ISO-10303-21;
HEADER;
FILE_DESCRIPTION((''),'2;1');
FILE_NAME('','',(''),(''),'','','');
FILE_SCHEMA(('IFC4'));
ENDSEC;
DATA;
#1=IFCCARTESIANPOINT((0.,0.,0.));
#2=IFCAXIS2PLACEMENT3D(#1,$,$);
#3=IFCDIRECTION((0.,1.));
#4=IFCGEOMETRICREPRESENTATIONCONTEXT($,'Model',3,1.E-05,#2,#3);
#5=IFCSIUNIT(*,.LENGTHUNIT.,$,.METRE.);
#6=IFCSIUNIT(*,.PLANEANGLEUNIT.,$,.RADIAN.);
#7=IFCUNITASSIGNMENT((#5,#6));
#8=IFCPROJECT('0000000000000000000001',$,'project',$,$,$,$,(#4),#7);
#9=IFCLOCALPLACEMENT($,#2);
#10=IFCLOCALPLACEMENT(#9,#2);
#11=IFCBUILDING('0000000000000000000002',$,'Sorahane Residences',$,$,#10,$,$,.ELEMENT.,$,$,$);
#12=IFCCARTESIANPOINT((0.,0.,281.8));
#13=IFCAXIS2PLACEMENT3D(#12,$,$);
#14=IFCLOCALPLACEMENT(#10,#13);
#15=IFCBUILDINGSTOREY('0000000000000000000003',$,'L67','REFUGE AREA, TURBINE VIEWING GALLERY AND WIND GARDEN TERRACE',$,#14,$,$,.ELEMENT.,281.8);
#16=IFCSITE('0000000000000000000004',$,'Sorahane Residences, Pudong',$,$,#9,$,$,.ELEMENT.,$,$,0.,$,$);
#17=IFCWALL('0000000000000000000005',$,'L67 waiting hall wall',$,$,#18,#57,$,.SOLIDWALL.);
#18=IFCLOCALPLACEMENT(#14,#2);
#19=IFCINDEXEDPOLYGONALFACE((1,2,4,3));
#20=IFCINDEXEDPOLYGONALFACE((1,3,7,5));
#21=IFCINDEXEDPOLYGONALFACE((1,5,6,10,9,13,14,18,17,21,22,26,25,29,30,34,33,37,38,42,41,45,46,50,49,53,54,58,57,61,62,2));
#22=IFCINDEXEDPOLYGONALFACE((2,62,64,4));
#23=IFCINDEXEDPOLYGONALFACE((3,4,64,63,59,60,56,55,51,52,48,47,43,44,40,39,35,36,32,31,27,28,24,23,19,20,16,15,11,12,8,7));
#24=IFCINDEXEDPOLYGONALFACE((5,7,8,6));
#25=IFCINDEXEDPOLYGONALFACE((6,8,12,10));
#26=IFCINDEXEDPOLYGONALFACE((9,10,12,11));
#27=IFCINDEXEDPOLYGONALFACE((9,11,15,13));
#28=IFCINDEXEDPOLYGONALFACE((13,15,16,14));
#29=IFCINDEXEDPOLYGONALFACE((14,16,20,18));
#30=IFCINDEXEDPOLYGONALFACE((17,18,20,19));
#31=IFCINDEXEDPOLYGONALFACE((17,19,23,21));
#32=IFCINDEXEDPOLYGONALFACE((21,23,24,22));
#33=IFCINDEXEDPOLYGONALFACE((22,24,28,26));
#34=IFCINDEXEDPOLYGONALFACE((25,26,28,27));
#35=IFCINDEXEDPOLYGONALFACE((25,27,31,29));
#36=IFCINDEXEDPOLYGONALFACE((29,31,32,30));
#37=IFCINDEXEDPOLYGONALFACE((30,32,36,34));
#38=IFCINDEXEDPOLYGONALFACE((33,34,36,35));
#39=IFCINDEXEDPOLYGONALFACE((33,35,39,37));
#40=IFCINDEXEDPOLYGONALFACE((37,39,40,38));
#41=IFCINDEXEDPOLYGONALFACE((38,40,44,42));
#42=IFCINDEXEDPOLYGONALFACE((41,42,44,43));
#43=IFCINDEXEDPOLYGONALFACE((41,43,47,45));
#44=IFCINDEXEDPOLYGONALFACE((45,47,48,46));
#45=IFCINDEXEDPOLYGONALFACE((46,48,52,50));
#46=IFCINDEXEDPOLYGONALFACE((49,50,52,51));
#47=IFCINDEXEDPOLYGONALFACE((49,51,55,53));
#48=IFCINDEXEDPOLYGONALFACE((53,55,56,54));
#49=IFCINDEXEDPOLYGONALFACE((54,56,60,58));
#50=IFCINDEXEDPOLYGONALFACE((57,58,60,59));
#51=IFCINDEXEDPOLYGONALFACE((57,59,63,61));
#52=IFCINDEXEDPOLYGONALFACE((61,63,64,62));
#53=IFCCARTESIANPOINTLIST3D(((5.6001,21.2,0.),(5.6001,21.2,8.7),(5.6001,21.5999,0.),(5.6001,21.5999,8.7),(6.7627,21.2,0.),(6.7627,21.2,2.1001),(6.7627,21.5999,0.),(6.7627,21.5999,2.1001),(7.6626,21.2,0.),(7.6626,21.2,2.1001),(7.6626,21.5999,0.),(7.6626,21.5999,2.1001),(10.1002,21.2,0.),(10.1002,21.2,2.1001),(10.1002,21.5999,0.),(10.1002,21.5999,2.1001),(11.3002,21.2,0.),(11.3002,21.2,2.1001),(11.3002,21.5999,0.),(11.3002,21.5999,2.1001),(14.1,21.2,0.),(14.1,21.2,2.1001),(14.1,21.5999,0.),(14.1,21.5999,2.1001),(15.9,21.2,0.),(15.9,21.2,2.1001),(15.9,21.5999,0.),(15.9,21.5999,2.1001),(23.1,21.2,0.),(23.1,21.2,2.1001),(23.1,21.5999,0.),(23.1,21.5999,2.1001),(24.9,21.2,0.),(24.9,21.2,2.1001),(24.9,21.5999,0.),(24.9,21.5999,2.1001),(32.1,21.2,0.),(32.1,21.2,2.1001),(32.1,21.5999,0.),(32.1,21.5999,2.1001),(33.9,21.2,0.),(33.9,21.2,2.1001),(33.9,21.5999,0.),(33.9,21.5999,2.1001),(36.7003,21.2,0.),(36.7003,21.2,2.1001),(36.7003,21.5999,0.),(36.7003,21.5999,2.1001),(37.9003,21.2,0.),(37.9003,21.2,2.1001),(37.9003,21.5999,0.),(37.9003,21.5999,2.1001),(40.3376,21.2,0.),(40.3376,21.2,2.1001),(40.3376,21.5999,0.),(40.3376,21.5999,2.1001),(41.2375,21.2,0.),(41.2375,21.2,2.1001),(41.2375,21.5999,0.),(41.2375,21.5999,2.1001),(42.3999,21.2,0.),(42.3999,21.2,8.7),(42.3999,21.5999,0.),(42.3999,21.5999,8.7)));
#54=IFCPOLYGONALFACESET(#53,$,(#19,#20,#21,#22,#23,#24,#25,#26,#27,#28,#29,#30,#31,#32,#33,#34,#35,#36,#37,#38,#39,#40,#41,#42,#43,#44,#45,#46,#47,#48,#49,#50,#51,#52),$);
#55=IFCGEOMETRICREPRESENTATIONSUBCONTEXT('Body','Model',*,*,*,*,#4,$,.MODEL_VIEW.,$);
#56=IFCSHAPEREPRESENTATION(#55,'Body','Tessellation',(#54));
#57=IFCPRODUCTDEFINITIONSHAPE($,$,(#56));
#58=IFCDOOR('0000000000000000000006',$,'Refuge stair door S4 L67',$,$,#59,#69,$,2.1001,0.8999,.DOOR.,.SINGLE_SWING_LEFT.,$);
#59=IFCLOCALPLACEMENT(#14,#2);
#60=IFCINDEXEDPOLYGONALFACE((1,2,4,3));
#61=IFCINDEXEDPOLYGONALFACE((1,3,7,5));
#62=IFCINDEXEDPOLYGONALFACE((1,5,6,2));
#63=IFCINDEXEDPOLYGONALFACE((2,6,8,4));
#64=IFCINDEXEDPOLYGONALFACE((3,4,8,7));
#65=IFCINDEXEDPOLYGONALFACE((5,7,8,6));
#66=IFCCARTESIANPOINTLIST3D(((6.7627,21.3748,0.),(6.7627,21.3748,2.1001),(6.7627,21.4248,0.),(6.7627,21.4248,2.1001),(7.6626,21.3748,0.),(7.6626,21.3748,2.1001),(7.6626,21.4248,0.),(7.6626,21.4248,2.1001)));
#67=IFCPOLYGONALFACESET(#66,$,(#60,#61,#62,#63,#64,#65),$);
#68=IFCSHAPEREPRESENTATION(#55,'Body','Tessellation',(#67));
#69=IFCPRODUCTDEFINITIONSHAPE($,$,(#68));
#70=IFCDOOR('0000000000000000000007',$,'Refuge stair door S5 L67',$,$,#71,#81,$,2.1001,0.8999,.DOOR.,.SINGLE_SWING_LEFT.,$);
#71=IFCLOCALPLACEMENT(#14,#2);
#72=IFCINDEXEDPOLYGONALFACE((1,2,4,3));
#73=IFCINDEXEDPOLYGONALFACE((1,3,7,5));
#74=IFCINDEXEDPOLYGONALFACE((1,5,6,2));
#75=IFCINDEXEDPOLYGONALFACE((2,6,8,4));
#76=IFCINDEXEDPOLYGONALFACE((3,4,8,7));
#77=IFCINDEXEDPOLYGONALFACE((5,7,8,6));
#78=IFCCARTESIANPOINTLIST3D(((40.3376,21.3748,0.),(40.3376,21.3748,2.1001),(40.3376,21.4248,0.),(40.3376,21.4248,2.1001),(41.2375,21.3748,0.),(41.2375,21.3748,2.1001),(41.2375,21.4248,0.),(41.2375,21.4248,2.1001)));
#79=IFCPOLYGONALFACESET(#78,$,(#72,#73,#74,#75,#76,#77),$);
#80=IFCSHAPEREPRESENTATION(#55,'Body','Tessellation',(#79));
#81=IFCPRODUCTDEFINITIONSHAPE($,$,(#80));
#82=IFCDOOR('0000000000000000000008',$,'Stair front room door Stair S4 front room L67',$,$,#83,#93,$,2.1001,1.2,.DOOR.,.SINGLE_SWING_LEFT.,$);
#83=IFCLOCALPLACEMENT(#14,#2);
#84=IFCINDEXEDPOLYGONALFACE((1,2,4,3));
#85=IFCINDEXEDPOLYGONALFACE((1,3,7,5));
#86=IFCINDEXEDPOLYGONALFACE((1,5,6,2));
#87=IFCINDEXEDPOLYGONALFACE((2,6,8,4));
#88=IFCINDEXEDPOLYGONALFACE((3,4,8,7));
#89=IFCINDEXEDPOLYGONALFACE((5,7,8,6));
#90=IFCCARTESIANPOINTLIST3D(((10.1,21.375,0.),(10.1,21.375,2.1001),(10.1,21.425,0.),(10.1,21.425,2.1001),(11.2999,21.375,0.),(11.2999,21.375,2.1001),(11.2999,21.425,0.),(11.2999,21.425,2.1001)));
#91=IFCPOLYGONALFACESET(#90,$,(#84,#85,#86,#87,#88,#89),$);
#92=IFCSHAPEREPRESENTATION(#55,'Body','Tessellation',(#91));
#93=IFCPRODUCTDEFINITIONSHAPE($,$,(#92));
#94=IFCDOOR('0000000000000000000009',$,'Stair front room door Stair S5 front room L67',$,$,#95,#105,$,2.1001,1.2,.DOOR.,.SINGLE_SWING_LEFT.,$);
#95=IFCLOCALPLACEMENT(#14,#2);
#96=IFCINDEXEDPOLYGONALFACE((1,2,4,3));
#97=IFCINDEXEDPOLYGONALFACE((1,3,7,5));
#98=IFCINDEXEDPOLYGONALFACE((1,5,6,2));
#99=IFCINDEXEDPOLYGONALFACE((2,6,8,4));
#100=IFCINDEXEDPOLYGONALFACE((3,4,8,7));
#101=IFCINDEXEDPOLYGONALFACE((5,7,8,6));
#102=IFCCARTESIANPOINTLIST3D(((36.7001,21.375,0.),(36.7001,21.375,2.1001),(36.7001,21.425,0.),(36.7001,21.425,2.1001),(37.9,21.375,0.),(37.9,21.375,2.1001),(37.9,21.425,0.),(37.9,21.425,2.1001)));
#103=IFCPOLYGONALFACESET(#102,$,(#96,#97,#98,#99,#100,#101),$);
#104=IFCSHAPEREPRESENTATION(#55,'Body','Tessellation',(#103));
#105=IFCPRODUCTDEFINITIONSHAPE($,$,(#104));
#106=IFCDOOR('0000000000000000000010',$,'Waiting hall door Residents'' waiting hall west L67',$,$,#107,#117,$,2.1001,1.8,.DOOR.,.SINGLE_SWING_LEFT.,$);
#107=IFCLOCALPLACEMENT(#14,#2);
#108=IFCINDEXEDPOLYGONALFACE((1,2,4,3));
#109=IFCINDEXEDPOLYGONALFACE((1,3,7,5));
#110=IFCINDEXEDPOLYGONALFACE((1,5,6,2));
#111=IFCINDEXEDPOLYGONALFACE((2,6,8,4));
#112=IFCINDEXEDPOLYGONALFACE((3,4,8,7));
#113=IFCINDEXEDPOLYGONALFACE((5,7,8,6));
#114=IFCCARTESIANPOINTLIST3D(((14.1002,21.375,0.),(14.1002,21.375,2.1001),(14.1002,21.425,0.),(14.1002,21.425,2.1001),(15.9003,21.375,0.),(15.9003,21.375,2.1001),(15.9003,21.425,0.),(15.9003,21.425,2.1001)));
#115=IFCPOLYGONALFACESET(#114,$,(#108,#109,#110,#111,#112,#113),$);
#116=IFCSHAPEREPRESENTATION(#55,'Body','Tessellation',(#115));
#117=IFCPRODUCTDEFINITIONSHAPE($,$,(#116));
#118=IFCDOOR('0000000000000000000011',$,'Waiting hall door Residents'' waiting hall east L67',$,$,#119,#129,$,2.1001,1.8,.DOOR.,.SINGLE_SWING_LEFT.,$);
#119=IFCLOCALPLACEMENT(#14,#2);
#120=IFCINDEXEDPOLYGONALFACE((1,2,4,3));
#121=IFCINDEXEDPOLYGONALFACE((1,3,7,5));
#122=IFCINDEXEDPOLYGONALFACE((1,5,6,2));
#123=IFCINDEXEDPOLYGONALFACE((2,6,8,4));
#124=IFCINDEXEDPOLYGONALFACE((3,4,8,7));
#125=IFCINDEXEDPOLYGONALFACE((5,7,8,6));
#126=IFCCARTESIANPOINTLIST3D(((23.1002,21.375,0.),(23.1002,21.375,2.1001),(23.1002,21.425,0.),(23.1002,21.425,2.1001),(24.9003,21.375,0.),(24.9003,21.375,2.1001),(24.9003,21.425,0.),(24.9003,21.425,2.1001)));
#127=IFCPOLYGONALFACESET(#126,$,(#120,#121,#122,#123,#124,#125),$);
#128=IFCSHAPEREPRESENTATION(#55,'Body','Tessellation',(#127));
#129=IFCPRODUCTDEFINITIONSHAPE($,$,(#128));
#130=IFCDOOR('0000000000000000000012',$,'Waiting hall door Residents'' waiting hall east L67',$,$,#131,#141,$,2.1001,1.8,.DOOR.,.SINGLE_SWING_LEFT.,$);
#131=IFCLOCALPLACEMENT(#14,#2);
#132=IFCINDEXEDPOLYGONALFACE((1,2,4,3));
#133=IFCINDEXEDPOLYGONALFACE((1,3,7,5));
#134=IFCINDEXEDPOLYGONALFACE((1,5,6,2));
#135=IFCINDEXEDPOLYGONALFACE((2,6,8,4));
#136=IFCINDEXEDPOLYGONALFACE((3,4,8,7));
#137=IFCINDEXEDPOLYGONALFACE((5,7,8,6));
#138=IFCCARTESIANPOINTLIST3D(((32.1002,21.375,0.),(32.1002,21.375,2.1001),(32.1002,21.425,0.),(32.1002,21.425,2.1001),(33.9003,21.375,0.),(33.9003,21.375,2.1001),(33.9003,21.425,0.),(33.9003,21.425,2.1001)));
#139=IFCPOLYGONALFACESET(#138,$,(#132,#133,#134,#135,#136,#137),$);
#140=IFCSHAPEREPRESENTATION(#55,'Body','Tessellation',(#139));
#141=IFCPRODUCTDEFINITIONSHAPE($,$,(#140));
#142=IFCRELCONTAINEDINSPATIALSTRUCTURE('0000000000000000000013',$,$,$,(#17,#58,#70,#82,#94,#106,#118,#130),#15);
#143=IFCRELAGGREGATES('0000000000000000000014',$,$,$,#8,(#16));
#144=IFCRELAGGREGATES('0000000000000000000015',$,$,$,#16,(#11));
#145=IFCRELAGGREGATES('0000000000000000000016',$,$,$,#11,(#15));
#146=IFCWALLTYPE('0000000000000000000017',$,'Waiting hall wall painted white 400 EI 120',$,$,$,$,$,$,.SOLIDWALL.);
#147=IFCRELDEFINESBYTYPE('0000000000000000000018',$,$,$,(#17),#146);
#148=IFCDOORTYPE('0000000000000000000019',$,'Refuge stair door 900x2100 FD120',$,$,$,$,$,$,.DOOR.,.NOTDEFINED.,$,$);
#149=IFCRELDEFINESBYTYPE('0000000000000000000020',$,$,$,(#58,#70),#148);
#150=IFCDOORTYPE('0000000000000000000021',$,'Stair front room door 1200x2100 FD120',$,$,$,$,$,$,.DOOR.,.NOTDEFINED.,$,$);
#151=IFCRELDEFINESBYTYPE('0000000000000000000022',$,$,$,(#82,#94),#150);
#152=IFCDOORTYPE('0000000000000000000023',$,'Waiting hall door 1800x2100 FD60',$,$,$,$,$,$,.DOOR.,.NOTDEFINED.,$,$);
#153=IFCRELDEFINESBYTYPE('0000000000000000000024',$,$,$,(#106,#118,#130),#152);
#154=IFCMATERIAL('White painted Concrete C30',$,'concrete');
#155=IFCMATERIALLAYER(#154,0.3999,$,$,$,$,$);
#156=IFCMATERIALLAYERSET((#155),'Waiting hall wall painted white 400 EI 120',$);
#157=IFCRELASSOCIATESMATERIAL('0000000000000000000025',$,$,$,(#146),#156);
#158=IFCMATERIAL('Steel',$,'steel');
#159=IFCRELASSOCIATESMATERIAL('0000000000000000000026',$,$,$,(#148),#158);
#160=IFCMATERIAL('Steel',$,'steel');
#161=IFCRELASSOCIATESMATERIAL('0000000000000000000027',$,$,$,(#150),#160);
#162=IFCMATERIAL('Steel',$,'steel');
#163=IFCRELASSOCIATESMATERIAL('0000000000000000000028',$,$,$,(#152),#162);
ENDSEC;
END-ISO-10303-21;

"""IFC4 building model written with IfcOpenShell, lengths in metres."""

from ifc_helpers import new_model, si_unit, direction, frame, frame_2d, origin, place, context, subcontext, project, spatial, rectangle, extrude, material, layer, layer_set, type_object, element, fill, save


model = new_model("IFC4")

# Units and contexts
model_context = context("Model", 3, precision=1e-05, world=origin(), true_north=direction((0.0, 1.0)))
body_context = subcontext(model_context, "Body", "Model", "MODEL_VIEW")
ifc_project = project(units=[si_unit("LENGTHUNIT", "METRE"), si_unit("PLANEANGLEUNIT", "RADIAN")], contexts=[model_context])

# Site, building, storey
site_placement = place(None, origin())
site = spatial("IfcSite", under=ifc_project, at=site_placement, Name="Sorahane Residences, Pudong", CompositionType="ELEMENT", RefElevation=0.0)
building_placement = place(site_placement, origin())
building = spatial("IfcBuilding", under=site, at=building_placement, Name="Sorahane Residences", CompositionType="ELEMENT")
storey_placement = place(building_placement, frame((0.0, 0.0, 281.8)))
storey = spatial("IfcBuildingStorey", under=building, at=storey_placement, Name="L67", Description="REFUGE AREA, TURBINE VIEWING GALLERY AND WIND GARDEN TERRACE", CompositionType="ELEMENT", Elevation=281.8)

# Wall, openings, doors
ifc_material_1 = material(Name="White painted Concrete C30", Category="concrete")
ifc_layer_1 = layer(ifc_material_1, 0.3999)
ifc_layer_set_1 = layer_set([ifc_layer_1], Name="Waiting hall wall painted white 400 EI 120")
wall_type_1 = type_object("IfcWallType", Name="Waiting hall wall painted white 400 EI 120", PredefinedType="SOLIDWALL", material=ifc_layer_set_1)
wall_1_placement = place(storey_placement, frame((5.6001, 21.3999, 0.0), z_axis=(0.0, 0.0, 1.0), x_axis=(1.0, 0.0, 0.0)))
wall_1 = element("IfcWall", 1, at=wall_1_placement, inside=storey, type_object=wall_type_1, Name="L67 waiting hall wall", PredefinedType="SOLIDWALL", context=body_context, shape_type="SweptSolid", body=[
    extrude(rectangle(XDim=36.7998, YDim=0.3999, at=frame_2d((18.3999, 0.0))), origin(), (0.0, 0.0, 1.0), 8.7),
])
opening_1_placement = place(wall_1_placement, frame((8.5, 0.0, 0.0)))
opening_1 = element("IfcOpeningElement", 2, at=opening_1_placement, cuts=wall_1, PredefinedType="OPENING", context=body_context, shape_type="SweptSolid", body=[
    extrude(rectangle(XDim=1.8, YDim=2.1001, at=frame_2d((0.8999, 1.05))), frame((0.0, 0.21, 0.0), z_axis=(0.0, -1.0, 0.0), x_axis=(1.0, 0.0, 0.0)), (0.0, 0.0, 1.0), 0.4199),
])
opening_2_placement = place(wall_1_placement, frame((17.5, 0.0, 0.0)))
opening_2 = element("IfcOpeningElement", 3, at=opening_2_placement, cuts=wall_1, PredefinedType="OPENING", context=body_context, shape_type="SweptSolid", body=[
    extrude(rectangle(XDim=1.8, YDim=2.1001, at=frame_2d((0.8999, 1.05))), frame((0.0, 0.21, 0.0), z_axis=(0.0, -1.0, 0.0), x_axis=(1.0, 0.0, 0.0)), (0.0, 0.0, 1.0), 0.4199),
])
opening_3_placement = place(wall_1_placement, frame((26.5, 0.0, 0.0)))
opening_3 = element("IfcOpeningElement", 4, at=opening_3_placement, cuts=wall_1, PredefinedType="OPENING", context=body_context, shape_type="SweptSolid", body=[
    extrude(rectangle(XDim=1.8, YDim=2.1001, at=frame_2d((0.8999, 1.05))), frame((0.0, 0.21, 0.0), z_axis=(0.0, -1.0, 0.0), x_axis=(1.0, 0.0, 0.0)), (0.0, 0.0, 1.0), 0.4199),
])
opening_4_placement = place(wall_1_placement, frame((4.5, 0.0, 0.0)))
opening_4 = element("IfcOpeningElement", 5, at=opening_4_placement, cuts=wall_1, PredefinedType="OPENING", context=body_context, shape_type="SweptSolid", body=[
    extrude(rectangle(XDim=1.2, YDim=2.1001, at=frame_2d((0.6001, 1.05))), frame((0.0, 0.21, 0.0), z_axis=(0.0, -1.0, 0.0), x_axis=(1.0, 0.0, 0.0)), (0.0, 0.0, 1.0), 0.4199),
])
opening_5_placement = place(wall_1_placement, frame((31.1001, 0.0, 0.0)))
opening_5 = element("IfcOpeningElement", 6, at=opening_5_placement, cuts=wall_1, PredefinedType="OPENING", context=body_context, shape_type="SweptSolid", body=[
    extrude(rectangle(XDim=1.2, YDim=2.1001, at=frame_2d((0.6001, 1.05))), frame((0.0, 0.21, 0.0), z_axis=(0.0, -1.0, 0.0), x_axis=(1.0, 0.0, 0.0)), (0.0, 0.0, 1.0), 0.4199),
])
opening_6_placement = place(wall_1_placement, frame((1.1626, 0.0, 0.0)))
opening_6 = element("IfcOpeningElement", 7, at=opening_6_placement, cuts=wall_1, PredefinedType="OPENING", context=body_context, shape_type="SweptSolid", body=[
    extrude(rectangle(XDim=0.8999, YDim=2.1001, at=frame_2d((0.45, 1.05))), frame((0.0, 0.21, 0.0), z_axis=(0.0, -1.0, 0.0), x_axis=(1.0, 0.0, 0.0)), (0.0, 0.0, 1.0), 0.4199),
])
opening_7_placement = place(wall_1_placement, frame((34.7375, 0.0, 0.0)))
opening_7 = element("IfcOpeningElement", 8, at=opening_7_placement, cuts=wall_1, PredefinedType="OPENING", context=body_context, shape_type="SweptSolid", body=[
    extrude(rectangle(XDim=0.8999, YDim=2.1001, at=frame_2d((0.45, 1.05))), frame((0.0, 0.21, 0.0), z_axis=(0.0, -1.0, 0.0), x_axis=(1.0, 0.0, 0.0)), (0.0, 0.0, 1.0), 0.4199),
])
ifc_material_2 = material(Name="Steel", Category="steel")
door_type_1 = type_object("IfcDoorType", Name="Refuge stair door 900x2100 FD120", OperationType="NOTDEFINED", PredefinedType="DOOR", material=ifc_material_2)
door_1_placement = place(opening_6_placement, origin())
door_1 = element("IfcDoor", 9, at=door_1_placement, inside=storey, type_object=door_type_1, Name="Refuge stair door S4 L67", OperationType="SINGLE_SWING_LEFT", OverallHeight=2.1001, OverallWidth=0.8999, PredefinedType="DOOR", context=body_context, shape_type="SweptSolid", body=[
    extrude(rectangle(XDim=0.8999, YDim=2.1001, at=frame_2d((0.45, 1.05))), frame((0.0, 0.0249, 0.0), z_axis=(0.0, -1.0, 0.0), x_axis=(1.0, 0.0, 0.0)), (0.0, 0.0, 1.0), 0.05),
])
fill(opening_6, door_1)
door_2_placement = place(opening_7_placement, origin())
door_2 = element("IfcDoor", 10, at=door_2_placement, inside=storey, type_object=door_type_1, Name="Refuge stair door S5 L67", OperationType="SINGLE_SWING_LEFT", OverallHeight=2.1001, OverallWidth=0.8999, PredefinedType="DOOR", context=body_context, shape_type="SweptSolid", body=[
    extrude(rectangle(XDim=0.8999, YDim=2.1001, at=frame_2d((0.45, 1.05))), frame((0.0, 0.0249, 0.0), z_axis=(0.0, -1.0, 0.0), x_axis=(1.0, 0.0, 0.0)), (0.0, 0.0, 1.0), 0.05),
])
fill(opening_7, door_2)
ifc_material_3 = material(Name="Steel", Category="steel")
door_type_2 = type_object("IfcDoorType", Name="Stair front room door 1200x2100 FD120", OperationType="NOTDEFINED", PredefinedType="DOOR", material=ifc_material_3)
door_3_placement = place(opening_4_placement, frame((1.2, 0.0, 0.0), z_axis=(0.0, 0.0, 1.0), x_axis=(-1.0, 0.0, 0.0)))
door_3 = element("IfcDoor", 11, at=door_3_placement, inside=storey, type_object=door_type_2, Name="Stair front room door Stair S4 front room L67", OperationType="SINGLE_SWING_LEFT", OverallHeight=2.1001, OverallWidth=1.2, PredefinedType="DOOR", context=body_context, shape_type="SweptSolid", body=[
    extrude(rectangle(XDim=1.2, YDim=2.1001, at=frame_2d((0.6001, 1.05))), frame((0.0, 0.0249, 0.0), z_axis=(0.0, -1.0, 0.0), x_axis=(1.0, 0.0, 0.0)), (0.0, 0.0, 1.0), 0.05),
])
fill(opening_4, door_3)
door_4_placement = place(opening_5_placement, frame((1.2, 0.0, 0.0), z_axis=(0.0, 0.0, 1.0), x_axis=(-1.0, 0.0, 0.0)))
door_4 = element("IfcDoor", 12, at=door_4_placement, inside=storey, type_object=door_type_2, Name="Stair front room door Stair S5 front room L67", OperationType="SINGLE_SWING_LEFT", OverallHeight=2.1001, OverallWidth=1.2, PredefinedType="DOOR", context=body_context, shape_type="SweptSolid", body=[
    extrude(rectangle(XDim=1.2, YDim=2.1001, at=frame_2d((0.6001, 1.05))), frame((0.0, 0.0249, 0.0), z_axis=(0.0, -1.0, 0.0), x_axis=(1.0, 0.0, 0.0)), (0.0, 0.0, 1.0), 0.05),
])
fill(opening_5, door_4)
ifc_material_4 = material(Name="Steel", Category="steel")
door_type_3 = type_object("IfcDoorType", Name="Waiting hall door 1800x2100 FD60", OperationType="NOTDEFINED", PredefinedType="DOOR", material=ifc_material_4)
door_5_placement = place(opening_1_placement, frame((1.8, 0.0, 0.0), z_axis=(0.0, 0.0, 1.0), x_axis=(-1.0, 0.0, 0.0)))
door_5 = element("IfcDoor", 13, at=door_5_placement, inside=storey, type_object=door_type_3, Name="Waiting hall door Residents' waiting hall west L67", OperationType="SINGLE_SWING_LEFT", OverallHeight=2.1001, OverallWidth=1.8, PredefinedType="DOOR", context=body_context, shape_type="SweptSolid", body=[
    extrude(rectangle(XDim=1.8, YDim=2.1001, at=frame_2d((0.8999, 1.05))), frame((0.0, 0.0249, 0.0), z_axis=(0.0, -1.0, 0.0), x_axis=(1.0, 0.0, 0.0)), (0.0, 0.0, 1.0), 0.05),
])
fill(opening_1, door_5)
door_6_placement = place(opening_2_placement, frame((1.8, 0.0, 0.0), z_axis=(0.0, 0.0, 1.0), x_axis=(-1.0, 0.0, 0.0)))
door_6 = element("IfcDoor", 14, at=door_6_placement, inside=storey, type_object=door_type_3, Name="Waiting hall door Residents' waiting hall east L67", OperationType="SINGLE_SWING_LEFT", OverallHeight=2.1001, OverallWidth=1.8, PredefinedType="DOOR", context=body_context, shape_type="SweptSolid", body=[
    extrude(rectangle(XDim=1.8, YDim=2.1001, at=frame_2d((0.8999, 1.05))), frame((0.0, 0.0249, 0.0), z_axis=(0.0, -1.0, 0.0), x_axis=(1.0, 0.0, 0.0)), (0.0, 0.0, 1.0), 0.05),
])
fill(opening_2, door_6)
door_7_placement = place(opening_3_placement, frame((1.8, 0.0, 0.0), z_axis=(0.0, 0.0, 1.0), x_axis=(-1.0, 0.0, 0.0)))
door_7 = element("IfcDoor", 15, at=door_7_placement, inside=storey, type_object=door_type_3, Name="Waiting hall door Residents' waiting hall east L67", OperationType="SINGLE_SWING_LEFT", OverallHeight=2.1001, OverallWidth=1.8, PredefinedType="DOOR", context=body_context, shape_type="SweptSolid", body=[
    extrude(rectangle(XDim=1.8, YDim=2.1001, at=frame_2d((0.8999, 1.05))), frame((0.0, 0.0249, 0.0), z_axis=(0.0, -1.0, 0.0), x_axis=(1.0, 0.0, 0.0)), (0.0, 0.0, 1.0), 0.05),
])
fill(opening_3, door_7)

save(model, "model.ifc")
